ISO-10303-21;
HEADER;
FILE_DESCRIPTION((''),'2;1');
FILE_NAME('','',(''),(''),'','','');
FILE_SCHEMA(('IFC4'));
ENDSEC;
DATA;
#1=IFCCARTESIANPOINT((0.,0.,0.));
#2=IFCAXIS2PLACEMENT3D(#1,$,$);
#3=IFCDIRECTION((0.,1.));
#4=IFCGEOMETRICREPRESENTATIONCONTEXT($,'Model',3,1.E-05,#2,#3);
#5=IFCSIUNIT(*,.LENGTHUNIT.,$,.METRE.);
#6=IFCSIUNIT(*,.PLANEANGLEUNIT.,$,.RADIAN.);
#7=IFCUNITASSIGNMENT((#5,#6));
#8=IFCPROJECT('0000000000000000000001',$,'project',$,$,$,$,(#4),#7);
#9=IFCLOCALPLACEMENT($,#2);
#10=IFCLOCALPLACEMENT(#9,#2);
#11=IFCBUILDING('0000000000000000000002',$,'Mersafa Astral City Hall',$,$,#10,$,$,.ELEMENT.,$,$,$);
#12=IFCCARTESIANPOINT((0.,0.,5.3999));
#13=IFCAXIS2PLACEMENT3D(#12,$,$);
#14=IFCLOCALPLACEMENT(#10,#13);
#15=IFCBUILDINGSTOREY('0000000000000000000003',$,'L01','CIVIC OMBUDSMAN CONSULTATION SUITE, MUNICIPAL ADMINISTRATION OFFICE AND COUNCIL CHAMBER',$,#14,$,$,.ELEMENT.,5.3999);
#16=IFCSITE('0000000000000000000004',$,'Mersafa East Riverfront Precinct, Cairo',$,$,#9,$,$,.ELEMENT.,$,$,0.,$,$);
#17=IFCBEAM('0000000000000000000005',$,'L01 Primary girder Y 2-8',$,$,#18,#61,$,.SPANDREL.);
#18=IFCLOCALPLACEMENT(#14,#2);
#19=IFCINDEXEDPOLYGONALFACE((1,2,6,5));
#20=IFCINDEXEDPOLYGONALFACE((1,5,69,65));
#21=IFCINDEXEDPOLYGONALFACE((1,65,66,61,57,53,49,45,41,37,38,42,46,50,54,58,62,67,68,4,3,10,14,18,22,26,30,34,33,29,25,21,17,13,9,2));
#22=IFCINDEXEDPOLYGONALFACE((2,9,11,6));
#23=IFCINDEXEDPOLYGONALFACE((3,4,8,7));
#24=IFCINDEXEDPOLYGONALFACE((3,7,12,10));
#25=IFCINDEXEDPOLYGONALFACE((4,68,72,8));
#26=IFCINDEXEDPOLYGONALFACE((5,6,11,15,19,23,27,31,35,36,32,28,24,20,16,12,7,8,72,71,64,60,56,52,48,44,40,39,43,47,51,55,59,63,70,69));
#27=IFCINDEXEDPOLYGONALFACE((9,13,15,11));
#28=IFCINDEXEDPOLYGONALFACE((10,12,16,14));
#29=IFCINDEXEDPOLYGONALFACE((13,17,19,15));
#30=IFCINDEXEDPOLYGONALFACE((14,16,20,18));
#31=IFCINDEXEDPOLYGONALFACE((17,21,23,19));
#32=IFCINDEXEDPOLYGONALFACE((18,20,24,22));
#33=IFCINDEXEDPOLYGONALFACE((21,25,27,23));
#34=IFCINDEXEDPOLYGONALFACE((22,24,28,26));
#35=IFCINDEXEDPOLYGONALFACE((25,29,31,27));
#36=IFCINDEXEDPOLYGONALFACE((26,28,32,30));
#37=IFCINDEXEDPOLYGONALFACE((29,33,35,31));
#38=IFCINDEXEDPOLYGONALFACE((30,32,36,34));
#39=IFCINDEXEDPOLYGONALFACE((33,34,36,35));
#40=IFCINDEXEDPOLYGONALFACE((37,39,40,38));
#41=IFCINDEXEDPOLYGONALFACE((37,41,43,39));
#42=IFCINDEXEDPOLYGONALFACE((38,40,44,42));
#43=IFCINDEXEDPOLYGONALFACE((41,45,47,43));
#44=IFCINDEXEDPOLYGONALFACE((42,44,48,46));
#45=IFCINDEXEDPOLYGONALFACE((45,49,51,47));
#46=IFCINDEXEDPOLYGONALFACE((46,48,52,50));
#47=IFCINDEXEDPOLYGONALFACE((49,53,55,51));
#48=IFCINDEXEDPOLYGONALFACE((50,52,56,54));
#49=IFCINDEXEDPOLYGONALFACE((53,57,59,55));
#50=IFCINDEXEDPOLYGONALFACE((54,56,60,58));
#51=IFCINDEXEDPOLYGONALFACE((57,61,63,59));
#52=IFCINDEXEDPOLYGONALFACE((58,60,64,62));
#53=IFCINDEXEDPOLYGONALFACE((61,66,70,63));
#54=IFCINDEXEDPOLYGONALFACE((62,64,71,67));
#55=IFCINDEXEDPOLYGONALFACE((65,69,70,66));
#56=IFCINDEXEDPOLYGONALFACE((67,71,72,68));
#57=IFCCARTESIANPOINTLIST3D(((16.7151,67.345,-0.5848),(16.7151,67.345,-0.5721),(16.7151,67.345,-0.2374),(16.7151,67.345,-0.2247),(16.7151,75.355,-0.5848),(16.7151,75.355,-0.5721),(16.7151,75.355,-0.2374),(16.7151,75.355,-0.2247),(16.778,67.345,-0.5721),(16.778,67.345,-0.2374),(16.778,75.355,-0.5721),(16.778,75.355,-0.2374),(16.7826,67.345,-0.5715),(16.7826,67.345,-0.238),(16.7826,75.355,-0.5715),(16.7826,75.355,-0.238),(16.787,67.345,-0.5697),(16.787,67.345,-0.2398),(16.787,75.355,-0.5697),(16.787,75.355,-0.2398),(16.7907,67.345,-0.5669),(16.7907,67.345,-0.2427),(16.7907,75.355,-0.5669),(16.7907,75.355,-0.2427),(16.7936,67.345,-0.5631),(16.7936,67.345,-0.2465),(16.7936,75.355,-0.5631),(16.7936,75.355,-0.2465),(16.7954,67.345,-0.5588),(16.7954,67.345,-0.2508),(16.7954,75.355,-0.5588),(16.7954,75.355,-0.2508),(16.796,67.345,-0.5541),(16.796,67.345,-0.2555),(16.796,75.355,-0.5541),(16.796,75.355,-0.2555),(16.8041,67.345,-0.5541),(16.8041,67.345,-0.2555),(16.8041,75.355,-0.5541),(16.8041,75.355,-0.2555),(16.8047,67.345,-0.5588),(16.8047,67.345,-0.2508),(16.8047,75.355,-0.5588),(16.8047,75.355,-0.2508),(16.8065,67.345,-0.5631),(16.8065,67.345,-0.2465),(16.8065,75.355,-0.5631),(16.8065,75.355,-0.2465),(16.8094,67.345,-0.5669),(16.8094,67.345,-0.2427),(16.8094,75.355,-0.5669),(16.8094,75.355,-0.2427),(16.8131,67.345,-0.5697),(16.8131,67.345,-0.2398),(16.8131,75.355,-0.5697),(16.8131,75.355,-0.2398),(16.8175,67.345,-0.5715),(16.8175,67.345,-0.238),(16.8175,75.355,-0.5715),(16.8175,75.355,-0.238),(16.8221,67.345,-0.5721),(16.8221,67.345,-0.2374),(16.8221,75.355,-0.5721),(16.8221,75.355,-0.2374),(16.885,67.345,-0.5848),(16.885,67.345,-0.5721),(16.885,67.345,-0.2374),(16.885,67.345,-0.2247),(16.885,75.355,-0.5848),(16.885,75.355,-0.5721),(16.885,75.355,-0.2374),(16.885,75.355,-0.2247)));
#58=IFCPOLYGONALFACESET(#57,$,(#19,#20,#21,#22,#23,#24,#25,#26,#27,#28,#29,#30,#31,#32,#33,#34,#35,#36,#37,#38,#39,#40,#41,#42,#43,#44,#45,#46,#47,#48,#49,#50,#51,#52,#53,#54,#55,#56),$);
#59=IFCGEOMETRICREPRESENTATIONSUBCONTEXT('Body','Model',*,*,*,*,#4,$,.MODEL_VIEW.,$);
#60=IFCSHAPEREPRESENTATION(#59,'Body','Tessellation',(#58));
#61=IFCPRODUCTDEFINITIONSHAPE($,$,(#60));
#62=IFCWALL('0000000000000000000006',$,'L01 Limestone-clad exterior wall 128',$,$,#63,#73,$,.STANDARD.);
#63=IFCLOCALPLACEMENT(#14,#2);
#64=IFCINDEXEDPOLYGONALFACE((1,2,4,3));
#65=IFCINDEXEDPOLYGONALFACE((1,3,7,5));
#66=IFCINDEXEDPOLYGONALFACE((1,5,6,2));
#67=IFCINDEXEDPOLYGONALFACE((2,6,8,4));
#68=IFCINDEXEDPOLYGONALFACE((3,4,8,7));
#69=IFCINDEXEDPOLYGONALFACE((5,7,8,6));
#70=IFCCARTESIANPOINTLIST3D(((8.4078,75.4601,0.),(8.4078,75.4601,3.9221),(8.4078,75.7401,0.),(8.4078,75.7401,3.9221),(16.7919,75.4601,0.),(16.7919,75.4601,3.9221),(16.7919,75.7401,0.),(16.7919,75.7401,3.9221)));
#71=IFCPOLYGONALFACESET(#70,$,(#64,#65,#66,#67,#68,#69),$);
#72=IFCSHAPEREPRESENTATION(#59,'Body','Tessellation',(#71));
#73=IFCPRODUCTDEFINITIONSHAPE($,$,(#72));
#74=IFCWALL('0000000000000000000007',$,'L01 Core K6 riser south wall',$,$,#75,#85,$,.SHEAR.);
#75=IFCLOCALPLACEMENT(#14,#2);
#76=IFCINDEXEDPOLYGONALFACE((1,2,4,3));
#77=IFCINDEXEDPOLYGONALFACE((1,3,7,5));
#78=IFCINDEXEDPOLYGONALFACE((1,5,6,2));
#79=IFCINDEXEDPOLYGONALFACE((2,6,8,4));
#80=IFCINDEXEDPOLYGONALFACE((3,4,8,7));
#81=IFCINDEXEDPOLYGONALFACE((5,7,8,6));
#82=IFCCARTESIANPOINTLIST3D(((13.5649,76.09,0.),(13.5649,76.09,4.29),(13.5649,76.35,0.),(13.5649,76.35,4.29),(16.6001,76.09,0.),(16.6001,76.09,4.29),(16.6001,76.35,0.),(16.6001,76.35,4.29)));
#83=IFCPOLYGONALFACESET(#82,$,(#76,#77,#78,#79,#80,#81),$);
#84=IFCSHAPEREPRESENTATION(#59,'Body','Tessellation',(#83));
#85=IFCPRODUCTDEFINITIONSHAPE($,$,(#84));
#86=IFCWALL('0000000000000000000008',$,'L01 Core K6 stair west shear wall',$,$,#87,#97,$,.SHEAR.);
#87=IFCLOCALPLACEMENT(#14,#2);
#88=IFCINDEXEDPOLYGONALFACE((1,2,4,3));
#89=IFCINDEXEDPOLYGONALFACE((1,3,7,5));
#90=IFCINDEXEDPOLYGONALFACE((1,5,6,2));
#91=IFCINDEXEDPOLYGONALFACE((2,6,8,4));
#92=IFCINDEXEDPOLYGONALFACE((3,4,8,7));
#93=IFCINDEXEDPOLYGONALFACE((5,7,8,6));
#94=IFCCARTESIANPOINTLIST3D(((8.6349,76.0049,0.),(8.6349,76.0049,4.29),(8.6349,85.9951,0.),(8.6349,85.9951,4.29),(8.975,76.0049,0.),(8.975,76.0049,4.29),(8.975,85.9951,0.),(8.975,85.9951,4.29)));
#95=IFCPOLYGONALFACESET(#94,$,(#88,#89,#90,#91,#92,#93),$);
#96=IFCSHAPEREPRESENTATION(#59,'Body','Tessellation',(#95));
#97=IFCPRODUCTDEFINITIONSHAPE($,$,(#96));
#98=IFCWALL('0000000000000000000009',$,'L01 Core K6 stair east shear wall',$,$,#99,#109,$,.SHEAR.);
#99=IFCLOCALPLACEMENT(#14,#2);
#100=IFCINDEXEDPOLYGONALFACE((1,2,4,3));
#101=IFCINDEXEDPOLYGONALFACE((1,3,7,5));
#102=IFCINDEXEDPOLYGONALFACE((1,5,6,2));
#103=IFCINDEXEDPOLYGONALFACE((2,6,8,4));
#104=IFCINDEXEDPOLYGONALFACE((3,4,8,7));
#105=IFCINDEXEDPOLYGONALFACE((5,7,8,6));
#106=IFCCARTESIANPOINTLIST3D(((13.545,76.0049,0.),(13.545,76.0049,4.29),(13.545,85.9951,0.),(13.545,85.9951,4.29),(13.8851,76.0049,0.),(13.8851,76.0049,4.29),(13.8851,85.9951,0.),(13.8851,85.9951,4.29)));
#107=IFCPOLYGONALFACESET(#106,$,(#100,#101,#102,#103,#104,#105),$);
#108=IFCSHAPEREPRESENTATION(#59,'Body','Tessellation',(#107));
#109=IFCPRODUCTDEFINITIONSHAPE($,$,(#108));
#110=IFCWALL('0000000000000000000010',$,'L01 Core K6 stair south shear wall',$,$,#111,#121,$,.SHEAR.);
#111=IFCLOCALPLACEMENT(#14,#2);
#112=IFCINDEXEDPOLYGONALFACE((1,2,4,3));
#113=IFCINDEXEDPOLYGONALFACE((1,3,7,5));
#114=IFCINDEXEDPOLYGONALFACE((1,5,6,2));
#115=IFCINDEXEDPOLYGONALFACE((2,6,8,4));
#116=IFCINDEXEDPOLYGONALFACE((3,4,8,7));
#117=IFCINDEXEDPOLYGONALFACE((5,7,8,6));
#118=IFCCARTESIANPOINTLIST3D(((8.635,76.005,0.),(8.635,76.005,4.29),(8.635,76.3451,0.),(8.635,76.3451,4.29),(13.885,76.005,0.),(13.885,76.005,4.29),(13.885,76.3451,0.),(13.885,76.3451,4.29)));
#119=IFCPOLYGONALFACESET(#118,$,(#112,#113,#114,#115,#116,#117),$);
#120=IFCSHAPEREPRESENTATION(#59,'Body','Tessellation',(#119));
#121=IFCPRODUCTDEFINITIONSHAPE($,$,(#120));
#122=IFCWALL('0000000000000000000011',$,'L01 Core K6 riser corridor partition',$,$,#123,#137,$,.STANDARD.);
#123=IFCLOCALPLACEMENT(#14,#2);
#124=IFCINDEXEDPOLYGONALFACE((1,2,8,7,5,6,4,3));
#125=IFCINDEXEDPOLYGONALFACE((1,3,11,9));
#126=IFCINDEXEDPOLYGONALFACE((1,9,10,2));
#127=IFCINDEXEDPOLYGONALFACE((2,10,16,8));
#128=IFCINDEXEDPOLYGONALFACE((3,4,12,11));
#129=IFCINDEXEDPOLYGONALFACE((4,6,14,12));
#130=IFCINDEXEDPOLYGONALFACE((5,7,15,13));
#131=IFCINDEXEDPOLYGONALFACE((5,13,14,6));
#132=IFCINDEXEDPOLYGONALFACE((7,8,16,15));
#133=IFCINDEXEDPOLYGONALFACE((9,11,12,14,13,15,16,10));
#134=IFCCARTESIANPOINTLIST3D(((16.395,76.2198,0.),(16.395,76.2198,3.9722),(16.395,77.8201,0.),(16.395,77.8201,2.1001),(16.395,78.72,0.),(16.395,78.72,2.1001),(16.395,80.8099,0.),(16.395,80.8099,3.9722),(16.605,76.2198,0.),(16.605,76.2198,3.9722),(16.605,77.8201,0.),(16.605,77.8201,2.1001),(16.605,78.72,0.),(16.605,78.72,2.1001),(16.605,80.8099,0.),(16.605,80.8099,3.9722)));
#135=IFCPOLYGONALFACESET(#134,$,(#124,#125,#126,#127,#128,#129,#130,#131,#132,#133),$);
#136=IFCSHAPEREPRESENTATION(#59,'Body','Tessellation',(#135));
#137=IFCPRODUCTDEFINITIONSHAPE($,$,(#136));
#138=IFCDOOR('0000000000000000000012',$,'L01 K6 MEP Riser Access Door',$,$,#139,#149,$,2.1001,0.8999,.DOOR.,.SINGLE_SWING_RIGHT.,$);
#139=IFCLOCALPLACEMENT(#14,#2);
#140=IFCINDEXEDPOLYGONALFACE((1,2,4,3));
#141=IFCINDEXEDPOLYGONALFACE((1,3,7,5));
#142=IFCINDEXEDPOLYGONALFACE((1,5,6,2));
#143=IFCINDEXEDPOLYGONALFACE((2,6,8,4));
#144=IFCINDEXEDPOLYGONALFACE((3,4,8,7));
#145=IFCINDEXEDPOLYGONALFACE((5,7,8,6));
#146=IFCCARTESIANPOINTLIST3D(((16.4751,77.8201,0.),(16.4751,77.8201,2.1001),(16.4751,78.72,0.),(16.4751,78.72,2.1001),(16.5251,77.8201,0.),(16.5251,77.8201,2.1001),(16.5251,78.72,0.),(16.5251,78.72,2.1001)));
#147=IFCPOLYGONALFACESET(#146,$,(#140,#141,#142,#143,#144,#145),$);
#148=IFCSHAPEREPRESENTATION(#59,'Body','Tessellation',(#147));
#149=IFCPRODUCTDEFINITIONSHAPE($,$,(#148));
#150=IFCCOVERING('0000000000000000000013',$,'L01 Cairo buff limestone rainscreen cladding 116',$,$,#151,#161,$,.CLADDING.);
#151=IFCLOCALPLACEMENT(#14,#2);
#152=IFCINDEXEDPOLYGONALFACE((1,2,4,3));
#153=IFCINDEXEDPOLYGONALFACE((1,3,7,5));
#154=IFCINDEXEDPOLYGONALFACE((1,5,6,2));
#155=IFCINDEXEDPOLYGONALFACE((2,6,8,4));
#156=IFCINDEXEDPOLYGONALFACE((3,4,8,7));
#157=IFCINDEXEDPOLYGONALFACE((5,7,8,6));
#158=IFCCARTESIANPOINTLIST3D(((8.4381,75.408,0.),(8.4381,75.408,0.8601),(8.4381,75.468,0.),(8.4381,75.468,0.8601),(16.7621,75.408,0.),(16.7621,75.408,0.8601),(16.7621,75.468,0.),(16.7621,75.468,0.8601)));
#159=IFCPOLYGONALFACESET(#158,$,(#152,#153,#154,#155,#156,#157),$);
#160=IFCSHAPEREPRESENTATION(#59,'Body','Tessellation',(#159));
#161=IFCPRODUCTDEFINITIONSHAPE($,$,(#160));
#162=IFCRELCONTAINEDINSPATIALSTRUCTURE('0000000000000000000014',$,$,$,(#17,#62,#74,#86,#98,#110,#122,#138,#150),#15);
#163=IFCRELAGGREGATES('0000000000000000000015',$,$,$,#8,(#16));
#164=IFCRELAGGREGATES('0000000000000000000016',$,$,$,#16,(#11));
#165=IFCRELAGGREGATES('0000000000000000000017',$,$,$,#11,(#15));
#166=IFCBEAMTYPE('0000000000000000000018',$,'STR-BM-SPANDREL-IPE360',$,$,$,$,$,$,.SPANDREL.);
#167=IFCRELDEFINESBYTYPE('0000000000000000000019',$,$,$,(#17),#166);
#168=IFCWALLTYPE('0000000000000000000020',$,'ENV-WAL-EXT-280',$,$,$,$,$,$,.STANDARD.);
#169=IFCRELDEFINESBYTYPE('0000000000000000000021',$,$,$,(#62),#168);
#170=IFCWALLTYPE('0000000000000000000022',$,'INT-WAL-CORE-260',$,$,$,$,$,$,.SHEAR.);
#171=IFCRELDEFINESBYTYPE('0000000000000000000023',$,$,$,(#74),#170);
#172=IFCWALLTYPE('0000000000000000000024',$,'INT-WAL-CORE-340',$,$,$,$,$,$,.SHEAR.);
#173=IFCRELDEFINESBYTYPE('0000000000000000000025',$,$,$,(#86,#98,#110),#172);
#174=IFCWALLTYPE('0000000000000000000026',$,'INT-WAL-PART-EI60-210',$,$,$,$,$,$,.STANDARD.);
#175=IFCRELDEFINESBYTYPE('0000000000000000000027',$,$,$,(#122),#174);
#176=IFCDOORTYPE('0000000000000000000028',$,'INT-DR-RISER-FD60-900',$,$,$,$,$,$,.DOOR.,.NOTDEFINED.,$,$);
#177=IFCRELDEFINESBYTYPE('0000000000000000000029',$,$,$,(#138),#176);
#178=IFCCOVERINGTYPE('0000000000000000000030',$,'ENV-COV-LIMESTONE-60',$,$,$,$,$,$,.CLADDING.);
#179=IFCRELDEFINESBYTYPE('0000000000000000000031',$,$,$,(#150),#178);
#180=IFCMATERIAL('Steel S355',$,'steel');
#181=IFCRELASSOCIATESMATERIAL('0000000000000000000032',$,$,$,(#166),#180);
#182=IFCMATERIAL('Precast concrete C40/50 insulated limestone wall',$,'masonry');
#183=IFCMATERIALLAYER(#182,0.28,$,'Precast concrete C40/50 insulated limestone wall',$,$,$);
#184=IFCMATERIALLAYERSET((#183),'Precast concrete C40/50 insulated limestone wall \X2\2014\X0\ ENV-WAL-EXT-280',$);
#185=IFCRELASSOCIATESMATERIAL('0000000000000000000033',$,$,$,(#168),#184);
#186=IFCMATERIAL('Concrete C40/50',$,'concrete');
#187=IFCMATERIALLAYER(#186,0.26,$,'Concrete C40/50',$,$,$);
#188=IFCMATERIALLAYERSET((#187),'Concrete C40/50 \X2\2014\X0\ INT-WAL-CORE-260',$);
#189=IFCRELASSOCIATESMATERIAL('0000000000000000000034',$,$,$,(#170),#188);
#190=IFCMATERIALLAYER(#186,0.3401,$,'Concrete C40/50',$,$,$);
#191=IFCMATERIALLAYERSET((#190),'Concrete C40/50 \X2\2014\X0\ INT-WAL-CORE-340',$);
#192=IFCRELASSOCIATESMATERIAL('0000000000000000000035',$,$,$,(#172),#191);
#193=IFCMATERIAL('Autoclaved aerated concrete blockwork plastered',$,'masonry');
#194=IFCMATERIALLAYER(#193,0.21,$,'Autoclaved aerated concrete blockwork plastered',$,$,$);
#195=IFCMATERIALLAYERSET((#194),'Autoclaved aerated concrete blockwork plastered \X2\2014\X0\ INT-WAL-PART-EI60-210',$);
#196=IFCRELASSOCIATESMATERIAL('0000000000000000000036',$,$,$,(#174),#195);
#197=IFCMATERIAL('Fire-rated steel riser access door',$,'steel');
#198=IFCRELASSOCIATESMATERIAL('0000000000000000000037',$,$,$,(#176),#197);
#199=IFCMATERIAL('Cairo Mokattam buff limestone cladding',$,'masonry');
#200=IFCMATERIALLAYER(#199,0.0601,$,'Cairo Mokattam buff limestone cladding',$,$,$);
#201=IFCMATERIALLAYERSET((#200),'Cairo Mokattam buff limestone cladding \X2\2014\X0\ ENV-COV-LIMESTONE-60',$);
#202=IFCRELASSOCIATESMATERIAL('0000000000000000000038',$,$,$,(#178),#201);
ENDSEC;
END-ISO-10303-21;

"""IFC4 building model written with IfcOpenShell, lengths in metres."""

from ifc_helpers import new_model, si_unit, direction, frame, frame_2d, origin, origin_2d, place, context, subcontext, project, spatial, rectangle, i_section, extrude, material, layer, layer_set, material_profile, profile_set, type_object, element, fill, save


model = new_model("IFC4")

# Units and contexts
model_context = context("Model", 3, precision=1e-05, world=origin(), true_north=direction((0.0, 1.0)))
body_context = subcontext(model_context, "Body", "Model", "MODEL_VIEW")
ifc_project = project(units=[si_unit("LENGTHUNIT", "METRE"), si_unit("PLANEANGLEUNIT", "RADIAN")], contexts=[model_context])

# Site, building, storey
site_placement = place(None, origin())
site = spatial("IfcSite", under=ifc_project, at=site_placement, Name="Mersafa East Riverfront Precinct, Cairo", CompositionType="ELEMENT", RefElevation=0.0)
building_placement = place(site_placement, origin())
building = spatial("IfcBuilding", under=site, at=building_placement, Name="Mersafa Astral City Hall", CompositionType="ELEMENT")
storey_placement = place(building_placement, frame((0.0, 0.0, 5.3999)))
storey = spatial("IfcBuildingStorey", under=building, at=storey_placement, Name="L01", Description="CIVIC OMBUDSMAN CONSULTATION SUITE, MUNICIPAL ADMINISTRATION OFFICE AND COUNCIL CHAMBER", CompositionType="ELEMENT", Elevation=5.3999)

# Shared definitions
ifc_material_1 = material(Name="Steel S355", Category="steel")

# Beam
ifc_material_profile_1 = material_profile(ifc_material_1, i_section(OverallWidth=0.1699, OverallDepth=0.3601, WebThickness=0.0081, FlangeThickness=0.0127, FilletRadius=0.0181, at=origin_2d()), Name="IPE 360")
ifc_profile_set_1 = profile_set([ifc_material_profile_1], Name="Steel S355")
beam_type_1 = type_object("IfcBeamType", Name="STR-BM-SPANDREL-IPE360", PredefinedType="SPANDREL", material=ifc_profile_set_1)
beam_1_placement = place(storey_placement, frame((16.8, 67.345, -0.4048), z_axis=(0.0, 1.0, 0.0), x_axis=(-1.0, 0.0, 0.0)))
element("IfcBeam", 1, at=beam_1_placement, inside=storey, type_object=beam_type_1, Name="L01 Primary girder Y 2-8", PredefinedType="SPANDREL", context=body_context, shape_type="SweptSolid", body=[
    extrude(i_section(OverallWidth=0.1699, OverallDepth=0.3601, WebThickness=0.0081, FlangeThickness=0.0127, FilletRadius=0.0181, at=origin_2d()), origin(), (0.0, 0.0, 1.0), 8.01),
])

# Walls
ifc_material_2 = material(Name="Precast concrete C40/50 insulated limestone wall", Category="masonry")
ifc_layer_1 = layer(ifc_material_2, 0.28, Name="Precast concrete C40/50 insulated limestone wall")
ifc_layer_set_1 = layer_set([ifc_layer_1], Name="Precast concrete C40/50 insulated limestone wall — ENV-WAL-EXT-280")
wall_type_1 = type_object("IfcWallType", Name="ENV-WAL-EXT-280", PredefinedType="STANDARD", material=ifc_layer_set_1)
wall_1_placement = place(storey_placement, frame((8.408, 75.6001, 0.0), z_axis=(0.0, 0.0, 1.0), x_axis=(1.0, 0.0, 0.0)))
element("IfcWall", 2, at=wall_1_placement, inside=storey, type_object=wall_type_1, Name="L01 Limestone-clad exterior wall 128", PredefinedType="STANDARD", context=body_context, shape_type="SweptSolid", body=[
    extrude(rectangle(XDim=8.384, YDim=0.28, at=frame_2d((4.1919, 0.0))), origin(), (0.0, 0.0, 1.0), 3.9221),
])
ifc_material_3 = material(Name="Concrete C40/50", Category="concrete")
ifc_layer_2 = layer(ifc_material_3, 0.26, Name="Concrete C40/50")
ifc_layer_set_2 = layer_set([ifc_layer_2], Name="Concrete C40/50 — INT-WAL-CORE-260")
wall_type_2 = type_object("IfcWallType", Name="INT-WAL-CORE-260", PredefinedType="SHEAR", material=ifc_layer_set_2)
wall_2_placement = place(storey_placement, frame((13.5649, 76.22, 0.0), z_axis=(0.0, 0.0, 1.0), x_axis=(1.0, 0.0, 0.0)))
element("IfcWall", 3, at=wall_2_placement, inside=storey, type_object=wall_type_2, Name="L01 Core K6 riser south wall", PredefinedType="SHEAR", context=body_context, shape_type="SweptSolid", body=[
    extrude(rectangle(XDim=3.0352, YDim=0.26, at=frame_2d((1.5176, 0.0))), origin(), (0.0, 0.0, 1.0), 4.29),
])
ifc_layer_3 = layer(ifc_material_3, 0.3401, Name="Concrete C40/50")
ifc_layer_set_3 = layer_set([ifc_layer_3], Name="Concrete C40/50 — INT-WAL-CORE-340")
wall_type_3 = type_object("IfcWallType", Name="INT-WAL-CORE-340", PredefinedType="SHEAR", material=ifc_layer_set_3)
for number, where, z_axis, x_axis, name in (
    (4, (8.8049, 76.0049, 0.0), (0.0, 0.0, 1.0), (0.0, 1.0, 0.0), "L01 Core K6 stair west shear wall"),
    (5, (13.7151, 76.0049, 0.0), (0.0, 0.0, 1.0), (0.0, 1.0, 0.0), "L01 Core K6 stair east shear wall"),
):
    element("IfcWall", number, at=place(storey_placement, frame(where, z_axis=z_axis, x_axis=x_axis)), inside=storey, type_object=wall_type_3, Name=name, PredefinedType="SHEAR", context=body_context, shape_type="SweptSolid", body=[
        extrude(rectangle(XDim=9.9902, YDim=0.3401, at=frame_2d((4.9951, 0.0))), origin(), (0.0, 0.0, 1.0), 4.29),
    ])
wall_3_placement = place(storey_placement, frame((8.635, 76.175, 0.0), z_axis=(0.0, 0.0, 1.0), x_axis=(1.0, 0.0, 0.0)))
element("IfcWall", 6, at=wall_3_placement, inside=storey, type_object=wall_type_3, Name="L01 Core K6 stair south shear wall", PredefinedType="SHEAR", context=body_context, shape_type="SweptSolid", body=[
    extrude(rectangle(XDim=5.25, YDim=0.3401, at=frame_2d((2.625, 0.0))), origin(), (0.0, 0.0, 1.0), 4.29),
])

# Wall, opening, door
ifc_material_4 = material(Name="Autoclaved aerated concrete blockwork plastered", Category="masonry")
ifc_layer_4 = layer(ifc_material_4, 0.21, Name="Autoclaved aerated concrete blockwork plastered")
ifc_layer_set_4 = layer_set([ifc_layer_4], Name="Autoclaved aerated concrete blockwork plastered — INT-WAL-PART-EI60-210")
wall_type_4 = type_object("IfcWallType", Name="INT-WAL-PART-EI60-210", PredefinedType="STANDARD", material=ifc_layer_set_4)
wall_4_placement = place(storey_placement, frame((16.5, 76.22, 0.0), z_axis=(0.0, 0.0, 1.0), x_axis=(0.0, 1.0, 0.0)))
wall_4 = element("IfcWall", 7, at=wall_4_placement, inside=storey, type_object=wall_type_4, Name="L01 Core K6 riser corridor partition", PredefinedType="STANDARD", context=body_context, shape_type="SweptSolid", body=[
    extrude(rectangle(XDim=4.5901, YDim=0.21, at=frame_2d((2.2949, 0.0))), origin(), (0.0, 0.0, 1.0), 3.9722),
])
opening_placement = place(wall_4_placement, frame((1.6001, 0.0, 0.0)))
opening = element("IfcOpeningElement", 8, at=opening_placement, cuts=wall_4, PredefinedType="OPENING", context=body_context, shape_type="SweptSolid", body=[
    extrude(rectangle(XDim=0.8999, YDim=2.1001, at=frame_2d((0.45, 1.05))), frame((0.0, 0.115, 0.0), z_axis=(0.0, -1.0, 0.0), x_axis=(1.0, 0.0, 0.0)), (0.0, 0.0, 1.0), 0.23),
])
ifc_material_5 = material(Name="Fire-rated steel riser access door", Category="steel")
door_type = type_object("IfcDoorType", Name="INT-DR-RISER-FD60-900", OperationType="NOTDEFINED", PredefinedType="DOOR", material=ifc_material_5)
door_placement = place(opening_placement, origin())
door = element("IfcDoor", 9, at=door_placement, inside=storey, type_object=door_type, Name="L01 K6 MEP Riser Access Door", OperationType="SINGLE_SWING_RIGHT", OverallHeight=2.1001, OverallWidth=0.8999, PredefinedType="DOOR", context=body_context, shape_type="SweptSolid", body=[
    extrude(rectangle(XDim=0.8999, YDim=2.1001, at=frame_2d((0.45, 1.05))), frame((0.0, 0.0249, 0.0), z_axis=(0.0, -1.0, 0.0), x_axis=(1.0, 0.0, 0.0)), (0.0, 0.0, 1.0), 0.05),
])
fill(opening, door)

# Covering
ifc_material_6 = material(Name="Cairo Mokattam buff limestone cladding", Category="masonry")
ifc_layer_5 = layer(ifc_material_6, 0.0601, Name="Cairo Mokattam buff limestone cladding")
ifc_layer_set_5 = layer_set([ifc_layer_5], Name="Cairo Mokattam buff limestone cladding — ENV-COV-LIMESTONE-60")
covering_type = type_object("IfcCoveringType", Name="ENV-COV-LIMESTONE-60", PredefinedType="CLADDING", material=ifc_layer_set_5)
covering_placement = place(storey_placement, frame((12.6001, 75.438, 0.0), z_axis=(0.0, 0.0, 1.0), x_axis=(1.0, 0.0, 0.0)))
element("IfcCovering", 10, at=covering_placement, inside=storey, type_object=covering_type, Name="L01 Cairo buff limestone rainscreen cladding 116", PredefinedType="CLADDING", context=body_context, shape_type="SweptSolid", body=[
    extrude(rectangle(XDim=8.324, YDim=0.0601, at=origin_2d()), origin(), (0.0, 0.0, 1.0), 0.8601),
])

save(model, "model.ifc")
